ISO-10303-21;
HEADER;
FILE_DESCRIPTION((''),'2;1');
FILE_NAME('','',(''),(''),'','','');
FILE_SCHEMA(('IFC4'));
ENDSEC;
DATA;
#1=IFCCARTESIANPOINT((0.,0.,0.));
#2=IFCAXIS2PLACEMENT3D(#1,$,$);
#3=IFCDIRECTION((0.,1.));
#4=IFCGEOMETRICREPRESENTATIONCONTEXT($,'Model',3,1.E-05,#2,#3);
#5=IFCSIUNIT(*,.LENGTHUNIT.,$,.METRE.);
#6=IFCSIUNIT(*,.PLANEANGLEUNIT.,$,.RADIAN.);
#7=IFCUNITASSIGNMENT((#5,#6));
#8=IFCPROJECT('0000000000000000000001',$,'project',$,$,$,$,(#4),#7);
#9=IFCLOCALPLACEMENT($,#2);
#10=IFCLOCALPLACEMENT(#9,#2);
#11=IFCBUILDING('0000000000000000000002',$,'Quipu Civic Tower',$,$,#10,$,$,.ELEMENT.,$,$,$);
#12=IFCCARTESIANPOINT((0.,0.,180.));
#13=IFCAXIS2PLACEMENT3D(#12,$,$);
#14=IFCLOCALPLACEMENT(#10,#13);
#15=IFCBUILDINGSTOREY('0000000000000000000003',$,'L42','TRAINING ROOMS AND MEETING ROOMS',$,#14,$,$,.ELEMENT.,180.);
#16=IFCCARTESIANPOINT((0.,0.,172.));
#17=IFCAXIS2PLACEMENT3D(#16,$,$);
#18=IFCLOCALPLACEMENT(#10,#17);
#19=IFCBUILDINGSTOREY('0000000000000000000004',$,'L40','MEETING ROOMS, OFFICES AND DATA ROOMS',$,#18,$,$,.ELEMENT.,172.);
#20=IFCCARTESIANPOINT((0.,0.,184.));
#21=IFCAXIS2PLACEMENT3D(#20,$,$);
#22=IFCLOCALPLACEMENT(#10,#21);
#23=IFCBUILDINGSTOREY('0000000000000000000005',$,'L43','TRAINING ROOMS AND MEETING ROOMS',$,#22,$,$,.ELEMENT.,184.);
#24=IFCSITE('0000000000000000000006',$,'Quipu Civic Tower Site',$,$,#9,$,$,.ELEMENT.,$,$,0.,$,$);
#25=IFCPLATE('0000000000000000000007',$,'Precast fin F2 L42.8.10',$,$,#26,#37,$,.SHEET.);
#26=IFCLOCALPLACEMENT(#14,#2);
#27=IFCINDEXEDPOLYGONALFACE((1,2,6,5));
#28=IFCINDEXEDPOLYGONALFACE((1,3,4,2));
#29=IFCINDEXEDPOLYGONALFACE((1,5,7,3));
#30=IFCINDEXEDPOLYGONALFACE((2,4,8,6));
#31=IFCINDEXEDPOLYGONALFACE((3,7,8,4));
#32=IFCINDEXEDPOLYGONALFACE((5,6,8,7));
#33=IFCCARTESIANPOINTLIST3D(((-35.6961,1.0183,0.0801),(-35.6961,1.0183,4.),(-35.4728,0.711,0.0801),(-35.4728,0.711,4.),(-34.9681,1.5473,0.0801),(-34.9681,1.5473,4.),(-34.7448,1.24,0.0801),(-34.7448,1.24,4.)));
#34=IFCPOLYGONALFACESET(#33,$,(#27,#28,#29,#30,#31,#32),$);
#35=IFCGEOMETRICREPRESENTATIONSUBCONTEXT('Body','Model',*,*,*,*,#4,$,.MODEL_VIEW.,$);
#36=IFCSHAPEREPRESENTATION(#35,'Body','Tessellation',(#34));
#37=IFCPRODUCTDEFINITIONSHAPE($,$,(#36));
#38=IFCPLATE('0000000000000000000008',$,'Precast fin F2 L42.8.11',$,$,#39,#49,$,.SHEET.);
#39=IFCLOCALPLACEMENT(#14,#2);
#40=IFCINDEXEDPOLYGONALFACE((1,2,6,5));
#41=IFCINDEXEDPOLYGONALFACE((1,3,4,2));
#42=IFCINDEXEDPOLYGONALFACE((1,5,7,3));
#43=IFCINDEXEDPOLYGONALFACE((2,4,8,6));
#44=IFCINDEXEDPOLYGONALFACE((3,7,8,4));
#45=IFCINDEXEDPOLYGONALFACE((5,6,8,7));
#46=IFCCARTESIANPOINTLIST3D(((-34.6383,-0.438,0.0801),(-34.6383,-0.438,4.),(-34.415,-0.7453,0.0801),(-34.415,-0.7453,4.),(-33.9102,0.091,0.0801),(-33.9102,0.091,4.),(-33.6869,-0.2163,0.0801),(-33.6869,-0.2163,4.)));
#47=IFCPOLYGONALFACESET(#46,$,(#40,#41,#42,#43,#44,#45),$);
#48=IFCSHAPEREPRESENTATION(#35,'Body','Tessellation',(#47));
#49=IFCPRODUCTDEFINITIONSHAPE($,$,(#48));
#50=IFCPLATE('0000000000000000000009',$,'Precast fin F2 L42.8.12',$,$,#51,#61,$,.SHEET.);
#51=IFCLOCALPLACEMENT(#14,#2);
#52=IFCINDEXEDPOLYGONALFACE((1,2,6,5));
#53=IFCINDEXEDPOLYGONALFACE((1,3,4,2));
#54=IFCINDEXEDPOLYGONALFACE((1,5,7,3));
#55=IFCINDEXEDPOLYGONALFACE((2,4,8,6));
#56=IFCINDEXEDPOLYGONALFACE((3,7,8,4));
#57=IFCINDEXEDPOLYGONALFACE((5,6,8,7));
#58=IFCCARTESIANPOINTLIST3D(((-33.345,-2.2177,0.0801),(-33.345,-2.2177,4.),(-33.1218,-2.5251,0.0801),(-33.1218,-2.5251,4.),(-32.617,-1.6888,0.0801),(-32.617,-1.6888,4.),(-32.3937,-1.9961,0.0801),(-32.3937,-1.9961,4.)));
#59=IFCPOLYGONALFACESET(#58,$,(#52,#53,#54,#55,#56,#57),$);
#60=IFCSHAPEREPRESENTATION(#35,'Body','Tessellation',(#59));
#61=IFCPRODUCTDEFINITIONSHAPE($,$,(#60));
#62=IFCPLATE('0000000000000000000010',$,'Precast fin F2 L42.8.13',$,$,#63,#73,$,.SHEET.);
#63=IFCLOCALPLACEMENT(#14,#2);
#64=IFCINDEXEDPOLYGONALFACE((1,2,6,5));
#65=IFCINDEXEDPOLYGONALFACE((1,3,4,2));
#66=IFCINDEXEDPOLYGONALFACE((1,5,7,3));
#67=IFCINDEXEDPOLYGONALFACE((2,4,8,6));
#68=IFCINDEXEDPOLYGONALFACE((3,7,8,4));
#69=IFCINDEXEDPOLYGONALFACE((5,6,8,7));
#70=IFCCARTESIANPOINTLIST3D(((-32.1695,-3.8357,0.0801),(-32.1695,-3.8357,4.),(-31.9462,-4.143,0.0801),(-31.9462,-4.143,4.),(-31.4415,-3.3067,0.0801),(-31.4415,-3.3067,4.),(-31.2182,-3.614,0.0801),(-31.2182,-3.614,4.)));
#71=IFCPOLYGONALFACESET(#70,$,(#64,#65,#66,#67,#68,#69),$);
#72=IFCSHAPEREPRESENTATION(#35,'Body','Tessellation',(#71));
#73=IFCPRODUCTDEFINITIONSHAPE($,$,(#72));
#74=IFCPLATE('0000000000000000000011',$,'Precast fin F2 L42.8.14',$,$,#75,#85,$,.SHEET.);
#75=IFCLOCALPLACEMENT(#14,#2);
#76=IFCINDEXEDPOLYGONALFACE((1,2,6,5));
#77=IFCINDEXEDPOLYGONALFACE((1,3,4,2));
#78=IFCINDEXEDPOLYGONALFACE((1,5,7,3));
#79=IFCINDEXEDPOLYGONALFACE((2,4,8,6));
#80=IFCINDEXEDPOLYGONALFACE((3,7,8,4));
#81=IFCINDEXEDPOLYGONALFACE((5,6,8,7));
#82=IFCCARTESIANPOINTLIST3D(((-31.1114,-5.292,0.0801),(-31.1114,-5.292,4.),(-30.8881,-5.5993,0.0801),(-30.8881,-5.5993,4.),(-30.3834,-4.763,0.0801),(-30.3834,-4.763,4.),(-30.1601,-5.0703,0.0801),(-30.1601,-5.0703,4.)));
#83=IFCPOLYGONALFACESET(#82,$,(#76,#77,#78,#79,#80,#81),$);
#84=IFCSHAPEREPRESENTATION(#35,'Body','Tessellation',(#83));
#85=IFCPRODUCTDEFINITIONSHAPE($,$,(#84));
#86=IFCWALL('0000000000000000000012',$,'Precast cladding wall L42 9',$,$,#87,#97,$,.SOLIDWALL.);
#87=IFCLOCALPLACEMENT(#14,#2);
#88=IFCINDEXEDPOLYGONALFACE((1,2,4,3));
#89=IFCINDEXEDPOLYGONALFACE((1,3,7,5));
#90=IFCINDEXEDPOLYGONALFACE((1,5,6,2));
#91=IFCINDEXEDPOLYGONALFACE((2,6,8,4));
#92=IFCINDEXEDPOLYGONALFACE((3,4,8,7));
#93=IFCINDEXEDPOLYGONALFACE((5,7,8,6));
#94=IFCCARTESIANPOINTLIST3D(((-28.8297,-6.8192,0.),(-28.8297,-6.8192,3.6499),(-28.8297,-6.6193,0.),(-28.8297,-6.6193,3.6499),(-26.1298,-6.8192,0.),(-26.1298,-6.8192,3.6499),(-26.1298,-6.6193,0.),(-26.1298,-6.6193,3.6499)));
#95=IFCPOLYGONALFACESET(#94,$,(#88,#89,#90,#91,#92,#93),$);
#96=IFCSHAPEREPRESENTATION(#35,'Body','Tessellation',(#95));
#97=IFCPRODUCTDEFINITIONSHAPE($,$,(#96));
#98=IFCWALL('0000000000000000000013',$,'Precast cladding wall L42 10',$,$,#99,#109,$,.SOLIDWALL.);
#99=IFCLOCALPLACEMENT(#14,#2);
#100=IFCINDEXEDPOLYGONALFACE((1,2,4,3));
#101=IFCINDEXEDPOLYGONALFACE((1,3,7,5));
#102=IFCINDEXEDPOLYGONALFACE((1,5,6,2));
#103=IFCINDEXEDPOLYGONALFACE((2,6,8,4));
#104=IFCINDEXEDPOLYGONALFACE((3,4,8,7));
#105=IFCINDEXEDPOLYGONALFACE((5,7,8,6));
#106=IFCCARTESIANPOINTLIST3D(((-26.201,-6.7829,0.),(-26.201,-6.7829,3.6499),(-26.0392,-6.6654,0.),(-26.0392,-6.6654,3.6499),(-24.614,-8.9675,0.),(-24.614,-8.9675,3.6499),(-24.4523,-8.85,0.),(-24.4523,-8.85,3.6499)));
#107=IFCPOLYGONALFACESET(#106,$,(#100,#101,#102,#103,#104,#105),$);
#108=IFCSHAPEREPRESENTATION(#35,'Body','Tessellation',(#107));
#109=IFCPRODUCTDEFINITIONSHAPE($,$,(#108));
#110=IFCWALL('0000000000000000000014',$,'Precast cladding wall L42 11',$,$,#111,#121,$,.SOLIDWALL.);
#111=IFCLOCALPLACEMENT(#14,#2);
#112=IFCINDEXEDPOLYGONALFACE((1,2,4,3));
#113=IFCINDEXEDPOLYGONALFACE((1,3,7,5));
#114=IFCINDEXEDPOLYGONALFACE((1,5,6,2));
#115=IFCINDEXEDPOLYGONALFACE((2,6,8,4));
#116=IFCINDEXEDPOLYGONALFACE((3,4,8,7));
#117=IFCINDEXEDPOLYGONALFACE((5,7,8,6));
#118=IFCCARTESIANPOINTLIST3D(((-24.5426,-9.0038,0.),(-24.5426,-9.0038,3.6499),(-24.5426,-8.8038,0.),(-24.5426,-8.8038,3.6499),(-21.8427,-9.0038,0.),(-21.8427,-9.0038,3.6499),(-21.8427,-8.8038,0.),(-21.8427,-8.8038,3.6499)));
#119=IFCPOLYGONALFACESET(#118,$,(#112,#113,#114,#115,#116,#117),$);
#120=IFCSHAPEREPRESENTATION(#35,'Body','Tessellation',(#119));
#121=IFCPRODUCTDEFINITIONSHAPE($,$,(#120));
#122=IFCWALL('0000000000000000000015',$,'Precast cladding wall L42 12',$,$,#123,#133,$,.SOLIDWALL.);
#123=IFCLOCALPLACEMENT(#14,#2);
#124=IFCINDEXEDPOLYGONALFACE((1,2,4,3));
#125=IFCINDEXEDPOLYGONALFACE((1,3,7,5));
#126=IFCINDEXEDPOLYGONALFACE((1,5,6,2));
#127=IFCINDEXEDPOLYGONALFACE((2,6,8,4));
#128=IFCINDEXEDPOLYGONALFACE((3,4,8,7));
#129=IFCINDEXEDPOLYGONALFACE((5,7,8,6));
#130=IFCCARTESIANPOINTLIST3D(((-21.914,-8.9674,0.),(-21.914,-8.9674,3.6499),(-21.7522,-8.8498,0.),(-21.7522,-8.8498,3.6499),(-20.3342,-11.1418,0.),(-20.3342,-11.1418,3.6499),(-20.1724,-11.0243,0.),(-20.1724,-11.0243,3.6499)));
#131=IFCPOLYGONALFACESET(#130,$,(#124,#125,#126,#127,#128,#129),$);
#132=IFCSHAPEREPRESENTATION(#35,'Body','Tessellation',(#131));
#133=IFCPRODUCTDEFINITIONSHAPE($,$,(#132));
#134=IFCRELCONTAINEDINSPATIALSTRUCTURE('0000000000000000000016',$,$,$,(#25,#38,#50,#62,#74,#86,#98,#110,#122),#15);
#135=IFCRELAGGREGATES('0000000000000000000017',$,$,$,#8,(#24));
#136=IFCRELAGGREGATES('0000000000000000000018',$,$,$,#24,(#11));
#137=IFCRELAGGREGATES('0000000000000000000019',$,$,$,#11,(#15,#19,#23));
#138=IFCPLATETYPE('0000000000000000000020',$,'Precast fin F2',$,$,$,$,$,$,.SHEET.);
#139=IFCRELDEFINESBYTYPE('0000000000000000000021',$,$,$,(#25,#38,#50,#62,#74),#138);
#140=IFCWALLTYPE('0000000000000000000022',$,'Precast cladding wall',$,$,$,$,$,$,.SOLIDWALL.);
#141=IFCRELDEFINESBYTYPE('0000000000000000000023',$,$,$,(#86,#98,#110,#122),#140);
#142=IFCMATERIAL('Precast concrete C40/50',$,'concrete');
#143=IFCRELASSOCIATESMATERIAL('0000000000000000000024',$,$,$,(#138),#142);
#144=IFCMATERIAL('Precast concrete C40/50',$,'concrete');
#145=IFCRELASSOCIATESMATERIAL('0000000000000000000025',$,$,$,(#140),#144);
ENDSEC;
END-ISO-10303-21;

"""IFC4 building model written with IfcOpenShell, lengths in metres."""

from ifc_helpers import new_model, si_unit, direction, frame, frame_2d, origin, origin_2d, place, context, subcontext, project, spatial, rectangle, extrude, material, type_object, element, save


model = new_model("IFC4")

# Units and contexts
model_context = context("Model", 3, precision=1e-05, world=origin(), true_north=direction((0.0, 1.0)))
body_context = subcontext(model_context, "Body", "Model", "MODEL_VIEW")
ifc_project = project(units=[si_unit("LENGTHUNIT", "METRE"), si_unit("PLANEANGLEUNIT", "RADIAN")], contexts=[model_context])

# Site, building, storey
site_placement = place(None, origin())
site = spatial("IfcSite", under=ifc_project, at=site_placement, Name="Quipu Civic Tower Site", CompositionType="ELEMENT", RefElevation=0.0)
building_placement = place(site_placement, origin())
building = spatial("IfcBuilding", under=site, at=building_placement, Name="Quipu Civic Tower", CompositionType="ELEMENT")
storey_1_placement = place(building_placement, frame((0.0, 0.0, 180.0)))
storey_1 = spatial("IfcBuildingStorey", under=building, at=storey_1_placement, Name="L42", Description="TRAINING ROOMS AND MEETING ROOMS", CompositionType="ELEMENT", Elevation=180.0)

# Shared definitions
storey_2_placement = place(building_placement, frame((0.0, 0.0, 172.0)))
storey_2 = spatial("IfcBuildingStorey", under=building, at=storey_2_placement, Name="L40", Description="MEETING ROOMS, OFFICES AND DATA ROOMS", CompositionType="ELEMENT", Elevation=172.0)

# Shared definitions
storey_3_placement = place(building_placement, frame((0.0, 0.0, 184.0)))
storey_3 = spatial("IfcBuildingStorey", under=building, at=storey_3_placement, Name="L43", Description="TRAINING ROOMS AND MEETING ROOMS", CompositionType="ELEMENT", Elevation=184.0)

# Plates
ifc_material_1 = material(Name="Precast concrete C40/50", Category="concrete")
plate_type_1 = type_object("IfcPlateType", Name="Precast fin F2", PredefinedType="SHEET", material=ifc_material_1)
for number, where, z_axis, x_axis, name in (
    (1, (-35.2205, 1.1292, 0.0801), (0.0, 0.0, 1.0), (0.587786, -0.809017, 0.0), "Precast fin F2 L42.8.10"),
    (2, (-34.1626, -0.3271, 0.0801), (0.0, 0.0, 1.0), (0.587786, -0.809017, 0.0), "Precast fin F2 L42.8.11"),
    (3, (-32.8694, -2.1069, 0.0801), (0.0, 0.0, 1.0), (0.587786, -0.809017, 0.0), "Precast fin F2 L42.8.12"),
    (4, (-31.6938, -3.7249, 0.0801), (0.0, 0.0, 1.0), (0.587786, -0.809017, 0.0), "Precast fin F2 L42.8.13"),
    (5, (-30.6357, -5.1812, 0.0801), (0.0, 0.0, 1.0), (0.587786, -0.809017, 0.0), "Precast fin F2 L42.8.14"),
):
    element("IfcPlate", number, at=place(storey_1_placement, frame(where, z_axis=z_axis, x_axis=x_axis)), inside=storey_1, type_object=plate_type_1, Name=name, PredefinedType="SHEET", context=body_context, shape_type="SweptSolid", body=[
        extrude(rectangle(XDim=0.3799, YDim=0.8999, at=origin_2d()), origin(), (0.0, 0.0, 1.0), 3.9199),
    ])

# Walls
ifc_material_2 = material(Name="Precast concrete C40/50", Category="concrete")
wall_type = type_object("IfcWallType", Name="Precast cladding wall", PredefinedType="SOLIDWALL", material=ifc_material_2)
wall_1_placement = place(storey_1_placement, frame((-28.8298, -6.7192, 0.0), z_axis=(0.0, 0.0, 1.0), x_axis=(1.0, 0.0, 0.0)))
element("IfcWall", 6, at=wall_1_placement, inside=storey_1, type_object=wall_type, Name="Precast cladding wall L42 9", PredefinedType="SOLIDWALL", context=body_context, shape_type="SweptSolid", body=[
    extrude(rectangle(XDim=2.7, YDim=0.2, at=frame_2d((1.3501, 0.0))), origin(), (0.0, 0.0, 1.0), 3.6499),
])
wall_2_placement = place(storey_1_placement, frame((-26.1201, -6.7241, 0.0), z_axis=(0.0, 0.0, 1.0), x_axis=(0.58772, -0.809064, 0.0)))
element("IfcWall", 7, at=wall_2_placement, inside=storey_1, type_object=wall_type, Name="Precast cladding wall L42 10", PredefinedType="SOLIDWALL", context=body_context, shape_type="SweptSolid", body=[
    extrude(rectangle(XDim=2.7002, YDim=0.2, at=frame_2d((1.3501, 0.0))), origin(), (0.0, 0.0, 1.0), 3.6499),
])
wall_3_placement = place(storey_1_placement, frame((-24.5427, -8.9038, 0.0), z_axis=(0.0, 0.0, 1.0), x_axis=(1.0, 0.0, 0.0)))
element("IfcWall", 8, at=wall_3_placement, inside=storey_1, type_object=wall_type, Name="Precast cladding wall L42 11", PredefinedType="SOLIDWALL", context=body_context, shape_type="SweptSolid", body=[
    extrude(rectangle(XDim=2.7, YDim=0.2, at=frame_2d((1.3501, 0.0))), origin(), (0.0, 0.0, 1.0), 3.6499),
])
wall_4_placement = place(storey_1_placement, frame((-21.833, -8.9087, 0.0), z_axis=(0.0, 0.0, 1.0), x_axis=(0.587767, -0.809031, 0.0)))
element("IfcWall", 9, at=wall_4_placement, inside=storey_1, type_object=wall_type, Name="Precast cladding wall L42 12", PredefinedType="SOLIDWALL", context=body_context, shape_type="SweptSolid", body=[
    extrude(rectangle(XDim=2.6877, YDim=0.2, at=frame_2d((1.3438, 0.0))), origin(), (0.0, 0.0, 1.0), 3.6499),
])

save(model, "model.ifc")
